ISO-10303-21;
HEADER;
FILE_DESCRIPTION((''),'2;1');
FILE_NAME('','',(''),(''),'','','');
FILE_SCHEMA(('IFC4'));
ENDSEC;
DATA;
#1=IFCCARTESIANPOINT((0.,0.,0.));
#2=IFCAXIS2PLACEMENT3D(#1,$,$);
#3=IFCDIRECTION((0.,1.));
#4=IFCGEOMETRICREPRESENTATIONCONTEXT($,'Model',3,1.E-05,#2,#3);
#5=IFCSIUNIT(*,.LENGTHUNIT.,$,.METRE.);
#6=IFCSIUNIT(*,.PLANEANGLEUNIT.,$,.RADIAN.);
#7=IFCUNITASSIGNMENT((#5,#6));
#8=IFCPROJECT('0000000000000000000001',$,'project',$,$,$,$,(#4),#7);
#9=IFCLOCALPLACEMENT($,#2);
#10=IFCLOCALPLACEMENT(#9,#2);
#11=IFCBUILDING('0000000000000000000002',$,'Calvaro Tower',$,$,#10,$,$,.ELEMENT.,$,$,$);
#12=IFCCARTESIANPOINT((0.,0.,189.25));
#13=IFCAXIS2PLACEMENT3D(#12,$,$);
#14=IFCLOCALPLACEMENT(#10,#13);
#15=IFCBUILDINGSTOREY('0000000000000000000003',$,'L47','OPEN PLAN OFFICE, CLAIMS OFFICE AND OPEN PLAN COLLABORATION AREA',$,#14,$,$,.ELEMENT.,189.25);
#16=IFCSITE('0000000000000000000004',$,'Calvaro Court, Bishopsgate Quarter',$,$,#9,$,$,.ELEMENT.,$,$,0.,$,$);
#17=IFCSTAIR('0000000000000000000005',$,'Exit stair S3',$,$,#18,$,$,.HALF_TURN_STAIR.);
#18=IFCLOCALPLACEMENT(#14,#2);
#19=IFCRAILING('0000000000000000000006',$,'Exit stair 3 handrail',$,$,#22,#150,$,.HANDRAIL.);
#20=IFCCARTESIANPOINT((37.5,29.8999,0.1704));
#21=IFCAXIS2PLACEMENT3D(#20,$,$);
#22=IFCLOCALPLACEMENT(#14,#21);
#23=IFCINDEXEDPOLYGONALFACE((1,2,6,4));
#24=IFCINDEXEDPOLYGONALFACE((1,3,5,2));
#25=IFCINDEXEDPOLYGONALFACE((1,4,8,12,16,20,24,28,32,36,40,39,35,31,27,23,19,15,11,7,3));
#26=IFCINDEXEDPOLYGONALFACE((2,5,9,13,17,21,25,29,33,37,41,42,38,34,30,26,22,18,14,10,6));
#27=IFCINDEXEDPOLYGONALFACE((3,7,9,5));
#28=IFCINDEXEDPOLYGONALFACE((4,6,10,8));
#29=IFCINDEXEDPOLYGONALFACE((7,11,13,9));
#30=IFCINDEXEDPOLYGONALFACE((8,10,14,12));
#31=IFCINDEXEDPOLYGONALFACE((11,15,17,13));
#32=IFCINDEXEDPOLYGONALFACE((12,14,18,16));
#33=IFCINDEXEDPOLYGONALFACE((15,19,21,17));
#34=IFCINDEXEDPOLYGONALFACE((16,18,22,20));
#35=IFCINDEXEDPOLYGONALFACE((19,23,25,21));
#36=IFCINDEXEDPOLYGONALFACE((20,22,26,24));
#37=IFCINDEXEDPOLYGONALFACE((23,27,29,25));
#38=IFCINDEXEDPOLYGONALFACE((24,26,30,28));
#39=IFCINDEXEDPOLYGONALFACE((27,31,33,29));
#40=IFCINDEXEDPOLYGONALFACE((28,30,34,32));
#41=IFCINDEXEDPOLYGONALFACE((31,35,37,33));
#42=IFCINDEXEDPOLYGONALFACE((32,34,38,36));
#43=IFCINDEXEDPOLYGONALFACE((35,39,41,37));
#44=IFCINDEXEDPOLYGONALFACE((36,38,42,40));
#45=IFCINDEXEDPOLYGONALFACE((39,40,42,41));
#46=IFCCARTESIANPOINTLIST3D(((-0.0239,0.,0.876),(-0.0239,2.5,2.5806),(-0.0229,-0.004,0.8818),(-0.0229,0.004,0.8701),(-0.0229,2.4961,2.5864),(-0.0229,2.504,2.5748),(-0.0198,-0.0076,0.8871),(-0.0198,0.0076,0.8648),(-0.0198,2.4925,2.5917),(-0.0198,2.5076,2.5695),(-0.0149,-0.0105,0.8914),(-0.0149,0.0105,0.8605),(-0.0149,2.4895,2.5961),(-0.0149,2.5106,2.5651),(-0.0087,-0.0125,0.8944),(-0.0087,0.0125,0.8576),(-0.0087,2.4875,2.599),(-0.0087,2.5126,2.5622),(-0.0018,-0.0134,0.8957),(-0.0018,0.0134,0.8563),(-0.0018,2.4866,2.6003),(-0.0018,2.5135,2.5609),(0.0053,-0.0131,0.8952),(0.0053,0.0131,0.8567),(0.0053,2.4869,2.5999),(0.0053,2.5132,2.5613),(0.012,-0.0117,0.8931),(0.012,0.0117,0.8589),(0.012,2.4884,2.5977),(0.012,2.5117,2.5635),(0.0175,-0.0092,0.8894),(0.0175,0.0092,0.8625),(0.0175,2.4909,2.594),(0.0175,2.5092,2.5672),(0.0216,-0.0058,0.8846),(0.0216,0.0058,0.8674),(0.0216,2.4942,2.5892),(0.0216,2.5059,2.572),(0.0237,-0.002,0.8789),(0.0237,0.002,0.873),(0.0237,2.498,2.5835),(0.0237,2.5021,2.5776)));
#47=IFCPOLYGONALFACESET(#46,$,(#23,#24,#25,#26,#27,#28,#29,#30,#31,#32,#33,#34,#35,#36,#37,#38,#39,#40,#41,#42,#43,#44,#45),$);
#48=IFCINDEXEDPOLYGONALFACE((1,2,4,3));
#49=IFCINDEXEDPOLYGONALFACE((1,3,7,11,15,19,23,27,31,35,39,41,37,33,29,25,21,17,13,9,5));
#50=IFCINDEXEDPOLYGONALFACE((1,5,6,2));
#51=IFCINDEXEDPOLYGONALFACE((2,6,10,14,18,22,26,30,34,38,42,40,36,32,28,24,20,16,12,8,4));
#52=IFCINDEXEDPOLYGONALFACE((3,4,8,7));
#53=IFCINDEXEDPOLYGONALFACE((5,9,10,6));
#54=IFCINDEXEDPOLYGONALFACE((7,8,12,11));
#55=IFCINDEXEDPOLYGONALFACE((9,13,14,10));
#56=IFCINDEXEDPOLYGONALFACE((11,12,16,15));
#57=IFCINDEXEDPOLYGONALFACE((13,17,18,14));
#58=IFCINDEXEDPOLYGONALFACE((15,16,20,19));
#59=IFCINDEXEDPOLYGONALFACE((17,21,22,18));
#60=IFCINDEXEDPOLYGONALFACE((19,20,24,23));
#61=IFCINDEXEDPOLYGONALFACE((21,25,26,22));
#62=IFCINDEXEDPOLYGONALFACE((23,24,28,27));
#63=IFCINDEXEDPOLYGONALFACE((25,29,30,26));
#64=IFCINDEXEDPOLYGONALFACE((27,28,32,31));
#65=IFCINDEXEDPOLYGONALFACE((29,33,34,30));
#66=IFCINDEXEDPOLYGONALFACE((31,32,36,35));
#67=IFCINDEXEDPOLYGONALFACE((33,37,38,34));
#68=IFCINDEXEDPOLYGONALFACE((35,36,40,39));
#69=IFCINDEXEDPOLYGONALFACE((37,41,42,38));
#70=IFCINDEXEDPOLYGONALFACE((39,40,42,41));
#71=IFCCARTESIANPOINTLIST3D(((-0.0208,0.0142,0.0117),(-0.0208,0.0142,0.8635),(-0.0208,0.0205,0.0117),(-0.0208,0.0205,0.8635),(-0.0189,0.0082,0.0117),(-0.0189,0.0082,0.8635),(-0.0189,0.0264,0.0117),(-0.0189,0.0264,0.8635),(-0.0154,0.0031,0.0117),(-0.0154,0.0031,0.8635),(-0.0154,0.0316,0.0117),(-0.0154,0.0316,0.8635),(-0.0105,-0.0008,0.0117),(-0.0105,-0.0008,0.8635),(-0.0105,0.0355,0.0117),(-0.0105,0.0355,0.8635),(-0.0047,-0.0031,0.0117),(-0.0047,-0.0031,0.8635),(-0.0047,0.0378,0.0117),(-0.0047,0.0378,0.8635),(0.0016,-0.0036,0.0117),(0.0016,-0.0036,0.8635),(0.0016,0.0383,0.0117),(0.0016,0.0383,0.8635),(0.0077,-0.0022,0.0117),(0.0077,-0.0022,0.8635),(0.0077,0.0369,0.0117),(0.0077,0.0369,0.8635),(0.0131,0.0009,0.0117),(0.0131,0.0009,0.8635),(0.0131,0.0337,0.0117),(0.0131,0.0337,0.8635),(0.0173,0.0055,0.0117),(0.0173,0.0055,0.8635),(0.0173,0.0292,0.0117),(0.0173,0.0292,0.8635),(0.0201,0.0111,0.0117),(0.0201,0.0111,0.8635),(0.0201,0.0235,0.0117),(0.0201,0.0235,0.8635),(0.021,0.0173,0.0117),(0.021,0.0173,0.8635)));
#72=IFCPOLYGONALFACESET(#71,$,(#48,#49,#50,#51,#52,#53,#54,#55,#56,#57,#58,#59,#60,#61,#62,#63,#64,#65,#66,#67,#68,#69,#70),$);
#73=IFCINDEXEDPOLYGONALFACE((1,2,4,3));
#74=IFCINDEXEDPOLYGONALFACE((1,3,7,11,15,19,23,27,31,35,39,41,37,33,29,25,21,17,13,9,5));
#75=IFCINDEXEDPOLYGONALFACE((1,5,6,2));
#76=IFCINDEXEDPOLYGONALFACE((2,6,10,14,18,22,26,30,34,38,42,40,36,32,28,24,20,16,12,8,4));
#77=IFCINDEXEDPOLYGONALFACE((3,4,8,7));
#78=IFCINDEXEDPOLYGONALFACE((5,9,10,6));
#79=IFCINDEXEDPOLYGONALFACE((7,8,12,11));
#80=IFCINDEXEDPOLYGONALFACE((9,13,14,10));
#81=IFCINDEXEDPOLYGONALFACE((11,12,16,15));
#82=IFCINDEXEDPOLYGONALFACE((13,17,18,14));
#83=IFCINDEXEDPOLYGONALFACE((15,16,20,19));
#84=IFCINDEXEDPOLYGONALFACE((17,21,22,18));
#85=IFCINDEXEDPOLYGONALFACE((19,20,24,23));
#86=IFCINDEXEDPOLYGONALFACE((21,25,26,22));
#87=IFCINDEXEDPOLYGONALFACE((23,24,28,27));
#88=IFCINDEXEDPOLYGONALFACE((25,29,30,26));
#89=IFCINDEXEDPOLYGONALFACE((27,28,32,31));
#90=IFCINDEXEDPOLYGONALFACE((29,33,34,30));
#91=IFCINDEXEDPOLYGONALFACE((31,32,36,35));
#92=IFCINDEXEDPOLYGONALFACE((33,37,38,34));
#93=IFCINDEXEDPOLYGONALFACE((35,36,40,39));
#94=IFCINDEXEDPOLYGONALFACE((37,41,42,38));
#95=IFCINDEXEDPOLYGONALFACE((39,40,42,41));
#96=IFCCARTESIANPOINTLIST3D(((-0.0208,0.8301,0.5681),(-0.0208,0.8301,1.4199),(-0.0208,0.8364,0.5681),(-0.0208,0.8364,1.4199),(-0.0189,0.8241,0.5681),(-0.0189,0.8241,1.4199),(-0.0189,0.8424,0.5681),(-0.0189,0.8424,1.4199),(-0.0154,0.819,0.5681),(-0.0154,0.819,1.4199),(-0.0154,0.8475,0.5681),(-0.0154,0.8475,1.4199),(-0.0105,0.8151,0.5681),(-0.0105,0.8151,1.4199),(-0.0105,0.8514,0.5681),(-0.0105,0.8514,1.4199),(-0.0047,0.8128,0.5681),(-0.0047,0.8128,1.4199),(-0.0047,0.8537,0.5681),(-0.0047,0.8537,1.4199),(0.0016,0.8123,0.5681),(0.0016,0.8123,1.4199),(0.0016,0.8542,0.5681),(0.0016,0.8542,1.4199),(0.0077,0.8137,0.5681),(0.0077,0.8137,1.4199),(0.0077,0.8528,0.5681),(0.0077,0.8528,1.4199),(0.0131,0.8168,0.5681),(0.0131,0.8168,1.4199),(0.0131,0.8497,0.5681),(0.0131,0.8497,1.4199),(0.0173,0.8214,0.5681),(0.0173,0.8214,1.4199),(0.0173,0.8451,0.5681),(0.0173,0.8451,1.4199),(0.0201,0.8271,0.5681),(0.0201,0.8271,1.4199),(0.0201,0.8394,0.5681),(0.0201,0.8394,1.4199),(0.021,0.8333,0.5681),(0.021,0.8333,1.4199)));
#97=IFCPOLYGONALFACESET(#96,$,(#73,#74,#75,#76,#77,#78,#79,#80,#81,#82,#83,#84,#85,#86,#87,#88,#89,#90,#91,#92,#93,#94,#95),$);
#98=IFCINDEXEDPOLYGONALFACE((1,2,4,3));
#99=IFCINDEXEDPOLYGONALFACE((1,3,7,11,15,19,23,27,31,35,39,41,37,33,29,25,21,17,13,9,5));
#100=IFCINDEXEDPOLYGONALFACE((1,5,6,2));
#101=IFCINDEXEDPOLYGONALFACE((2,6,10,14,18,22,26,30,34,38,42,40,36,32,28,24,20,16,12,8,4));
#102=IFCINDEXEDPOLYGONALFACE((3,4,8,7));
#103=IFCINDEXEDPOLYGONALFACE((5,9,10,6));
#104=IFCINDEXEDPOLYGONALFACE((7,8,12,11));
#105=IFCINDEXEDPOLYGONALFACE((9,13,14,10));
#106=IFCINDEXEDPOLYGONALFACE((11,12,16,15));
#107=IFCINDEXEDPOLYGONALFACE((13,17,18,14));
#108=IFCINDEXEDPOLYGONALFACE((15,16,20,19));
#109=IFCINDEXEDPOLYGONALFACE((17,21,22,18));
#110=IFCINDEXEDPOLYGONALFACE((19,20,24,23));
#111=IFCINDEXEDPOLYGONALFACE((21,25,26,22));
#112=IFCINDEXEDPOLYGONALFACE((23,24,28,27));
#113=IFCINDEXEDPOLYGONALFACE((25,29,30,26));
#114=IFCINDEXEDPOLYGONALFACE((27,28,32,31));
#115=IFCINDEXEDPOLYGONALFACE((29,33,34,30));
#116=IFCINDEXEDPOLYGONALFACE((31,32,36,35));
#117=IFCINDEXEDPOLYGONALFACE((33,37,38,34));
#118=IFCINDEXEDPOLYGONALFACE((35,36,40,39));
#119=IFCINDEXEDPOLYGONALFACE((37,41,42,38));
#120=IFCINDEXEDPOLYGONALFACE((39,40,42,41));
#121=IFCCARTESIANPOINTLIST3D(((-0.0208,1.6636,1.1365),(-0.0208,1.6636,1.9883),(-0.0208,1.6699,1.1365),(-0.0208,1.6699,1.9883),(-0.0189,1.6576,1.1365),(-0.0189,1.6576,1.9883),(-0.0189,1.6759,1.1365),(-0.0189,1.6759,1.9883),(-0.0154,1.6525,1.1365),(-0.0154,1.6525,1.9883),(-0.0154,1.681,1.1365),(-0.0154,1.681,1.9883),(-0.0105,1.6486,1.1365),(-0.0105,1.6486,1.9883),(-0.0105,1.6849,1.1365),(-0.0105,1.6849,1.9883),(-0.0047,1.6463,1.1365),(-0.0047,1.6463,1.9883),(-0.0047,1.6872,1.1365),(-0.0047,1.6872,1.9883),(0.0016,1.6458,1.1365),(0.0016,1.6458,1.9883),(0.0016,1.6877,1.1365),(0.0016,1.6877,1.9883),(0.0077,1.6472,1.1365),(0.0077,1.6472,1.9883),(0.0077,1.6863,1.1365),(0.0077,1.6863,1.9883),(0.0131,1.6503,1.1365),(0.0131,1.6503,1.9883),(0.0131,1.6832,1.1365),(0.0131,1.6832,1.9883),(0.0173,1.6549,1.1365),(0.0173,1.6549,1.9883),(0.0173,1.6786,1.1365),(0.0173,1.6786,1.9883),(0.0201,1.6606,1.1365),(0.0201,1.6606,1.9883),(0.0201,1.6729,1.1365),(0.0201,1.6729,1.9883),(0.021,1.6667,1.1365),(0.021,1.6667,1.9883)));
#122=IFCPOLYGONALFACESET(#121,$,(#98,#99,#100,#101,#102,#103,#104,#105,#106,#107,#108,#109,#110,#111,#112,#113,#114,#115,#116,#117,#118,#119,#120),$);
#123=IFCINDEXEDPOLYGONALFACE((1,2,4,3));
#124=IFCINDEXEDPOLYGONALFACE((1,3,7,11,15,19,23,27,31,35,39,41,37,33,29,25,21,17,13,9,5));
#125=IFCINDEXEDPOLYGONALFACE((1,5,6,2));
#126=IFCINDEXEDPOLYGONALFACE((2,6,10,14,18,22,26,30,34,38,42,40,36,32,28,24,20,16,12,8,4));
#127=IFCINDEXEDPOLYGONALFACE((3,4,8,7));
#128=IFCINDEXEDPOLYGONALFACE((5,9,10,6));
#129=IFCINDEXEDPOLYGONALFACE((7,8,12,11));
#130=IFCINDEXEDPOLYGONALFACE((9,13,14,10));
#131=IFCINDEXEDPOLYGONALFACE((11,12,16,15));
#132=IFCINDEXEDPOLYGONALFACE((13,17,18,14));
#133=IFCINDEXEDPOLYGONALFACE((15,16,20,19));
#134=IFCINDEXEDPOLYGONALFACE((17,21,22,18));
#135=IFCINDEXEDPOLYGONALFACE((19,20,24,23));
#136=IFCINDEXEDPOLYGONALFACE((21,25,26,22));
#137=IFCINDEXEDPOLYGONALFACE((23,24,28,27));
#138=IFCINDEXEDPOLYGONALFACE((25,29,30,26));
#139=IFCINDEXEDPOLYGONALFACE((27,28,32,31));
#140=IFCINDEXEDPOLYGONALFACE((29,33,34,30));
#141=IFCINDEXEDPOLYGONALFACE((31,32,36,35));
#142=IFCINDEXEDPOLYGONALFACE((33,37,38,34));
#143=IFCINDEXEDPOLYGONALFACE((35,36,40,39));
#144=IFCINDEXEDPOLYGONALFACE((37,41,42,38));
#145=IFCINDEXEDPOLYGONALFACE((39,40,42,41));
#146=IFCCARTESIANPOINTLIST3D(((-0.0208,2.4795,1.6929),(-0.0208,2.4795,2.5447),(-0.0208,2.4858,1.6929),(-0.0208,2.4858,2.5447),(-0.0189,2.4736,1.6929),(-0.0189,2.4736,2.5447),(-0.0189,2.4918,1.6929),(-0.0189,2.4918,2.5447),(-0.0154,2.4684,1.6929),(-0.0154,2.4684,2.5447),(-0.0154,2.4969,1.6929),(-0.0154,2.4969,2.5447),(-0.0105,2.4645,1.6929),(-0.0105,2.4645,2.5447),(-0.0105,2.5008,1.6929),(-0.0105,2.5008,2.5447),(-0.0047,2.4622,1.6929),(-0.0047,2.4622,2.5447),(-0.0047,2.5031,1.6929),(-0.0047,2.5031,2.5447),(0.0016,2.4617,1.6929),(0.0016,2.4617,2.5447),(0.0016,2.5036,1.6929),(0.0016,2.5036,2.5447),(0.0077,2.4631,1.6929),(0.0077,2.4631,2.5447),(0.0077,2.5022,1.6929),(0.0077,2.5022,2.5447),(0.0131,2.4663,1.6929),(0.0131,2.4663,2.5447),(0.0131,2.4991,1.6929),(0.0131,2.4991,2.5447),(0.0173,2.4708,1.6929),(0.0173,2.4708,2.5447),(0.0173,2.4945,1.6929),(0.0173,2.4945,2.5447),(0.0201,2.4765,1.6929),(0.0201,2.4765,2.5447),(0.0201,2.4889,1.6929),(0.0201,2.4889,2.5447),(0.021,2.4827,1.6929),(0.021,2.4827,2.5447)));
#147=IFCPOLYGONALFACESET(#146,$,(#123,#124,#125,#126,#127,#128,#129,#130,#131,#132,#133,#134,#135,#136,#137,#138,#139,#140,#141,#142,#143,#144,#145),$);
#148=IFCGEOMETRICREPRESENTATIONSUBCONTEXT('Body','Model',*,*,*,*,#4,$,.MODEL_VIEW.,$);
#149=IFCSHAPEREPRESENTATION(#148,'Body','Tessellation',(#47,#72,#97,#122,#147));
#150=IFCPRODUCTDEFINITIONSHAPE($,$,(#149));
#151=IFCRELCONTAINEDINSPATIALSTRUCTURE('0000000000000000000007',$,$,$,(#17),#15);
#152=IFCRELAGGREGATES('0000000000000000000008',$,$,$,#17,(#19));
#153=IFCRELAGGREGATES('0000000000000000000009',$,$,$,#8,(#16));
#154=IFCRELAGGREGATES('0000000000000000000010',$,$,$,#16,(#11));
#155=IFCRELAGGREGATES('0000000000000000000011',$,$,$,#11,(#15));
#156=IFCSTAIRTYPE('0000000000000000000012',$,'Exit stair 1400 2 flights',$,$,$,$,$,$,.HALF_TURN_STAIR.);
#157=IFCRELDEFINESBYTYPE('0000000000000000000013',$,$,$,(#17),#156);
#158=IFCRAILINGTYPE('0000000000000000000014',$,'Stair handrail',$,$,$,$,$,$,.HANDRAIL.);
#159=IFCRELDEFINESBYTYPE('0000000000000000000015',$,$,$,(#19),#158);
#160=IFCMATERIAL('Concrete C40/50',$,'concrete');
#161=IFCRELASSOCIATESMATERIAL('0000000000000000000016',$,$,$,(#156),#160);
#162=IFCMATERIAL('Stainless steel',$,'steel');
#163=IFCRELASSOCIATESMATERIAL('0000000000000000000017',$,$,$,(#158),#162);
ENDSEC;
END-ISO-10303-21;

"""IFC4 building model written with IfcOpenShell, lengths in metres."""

from ifc_helpers import new_model, si_unit, direction, frame, origin, origin_2d, place, context, subcontext, project, spatial, circle, extrude, material, type_object, element, aggregate, save


model = new_model("IFC4")

# Units and contexts
model_context = context("Model", 3, precision=1e-05, world=origin(), true_north=direction((0.0, 1.0)))
body_context = subcontext(model_context, "Body", "Model", "MODEL_VIEW")
ifc_project = project(units=[si_unit("LENGTHUNIT", "METRE"), si_unit("PLANEANGLEUNIT", "RADIAN")], contexts=[model_context])

# Site, building, storey
site_placement = place(None, origin())
site = spatial("IfcSite", under=ifc_project, at=site_placement, Name="Calvaro Court, Bishopsgate Quarter", CompositionType="ELEMENT", RefElevation=0.0)
building_placement = place(site_placement, origin())
building = spatial("IfcBuilding", under=site, at=building_placement, Name="Calvaro Tower", CompositionType="ELEMENT")
storey_placement = place(building_placement, frame((0.0, 0.0, 189.25)))
storey = spatial("IfcBuildingStorey", under=building, at=storey_placement, Name="L47", Description="OPEN PLAN OFFICE, CLAIMS OFFICE AND OPEN PLAN COLLABORATION AREA", CompositionType="ELEMENT", Elevation=189.25)

# Stair, railing
ifc_material_1 = material(Name="Concrete C40/50", Category="concrete")
stair_type = type_object("IfcStairType", Name="Exit stair 1400 2 flights", PredefinedType="HALF_TURN_STAIR", material=ifc_material_1)
stair_placement = place(storey_placement, origin())
stair = element("IfcStair", 1, at=stair_placement, inside=storey, type_object=stair_type, Name="Exit stair S3", PredefinedType="HALF_TURN_STAIR")
ifc_material_2 = material(Name="Stainless steel", Category="steel")
railing_type = type_object("IfcRailingType", Name="Stair handrail", PredefinedType="HANDRAIL", material=ifc_material_2)
railing_placement = place(storey_placement, frame((37.5, 29.8999, 0.1704)))
railing = element("IfcRailing", 2, at=railing_placement, type_object=railing_type, Name="Exit stair 3 handrail", PredefinedType="HANDRAIL", context=body_context, shape_type="SweptSolid", body=[
    extrude(circle(Radius=0.0239, at=origin_2d()), frame((0.0, 0.0, 0.876), z_axis=(0.0, 0.826221, 0.563347), x_axis=(-1.0, 0.0, 0.0)), (0.0, 0.0, 1.0), 3.0259),
    extrude(circle(Radius=0.021, at=origin_2d()), frame((0.0, 0.0173, 0.0117)), (0.0, 0.0, 1.0), 0.8518),
    extrude(circle(Radius=0.021, at=origin_2d()), frame((0.0, 0.8333, 0.5681)), (0.0, 0.0, 1.0), 0.8518),
    extrude(circle(Radius=0.021, at=origin_2d()), frame((0.0, 1.6667, 1.1365)), (0.0, 0.0, 1.0), 0.8518),
    extrude(circle(Radius=0.021, at=origin_2d()), frame((0.0, 2.4827, 1.6929)), (0.0, 0.0, 1.0), 0.8518),
])
aggregate(stair, [railing])

save(model, "model.ifc")
